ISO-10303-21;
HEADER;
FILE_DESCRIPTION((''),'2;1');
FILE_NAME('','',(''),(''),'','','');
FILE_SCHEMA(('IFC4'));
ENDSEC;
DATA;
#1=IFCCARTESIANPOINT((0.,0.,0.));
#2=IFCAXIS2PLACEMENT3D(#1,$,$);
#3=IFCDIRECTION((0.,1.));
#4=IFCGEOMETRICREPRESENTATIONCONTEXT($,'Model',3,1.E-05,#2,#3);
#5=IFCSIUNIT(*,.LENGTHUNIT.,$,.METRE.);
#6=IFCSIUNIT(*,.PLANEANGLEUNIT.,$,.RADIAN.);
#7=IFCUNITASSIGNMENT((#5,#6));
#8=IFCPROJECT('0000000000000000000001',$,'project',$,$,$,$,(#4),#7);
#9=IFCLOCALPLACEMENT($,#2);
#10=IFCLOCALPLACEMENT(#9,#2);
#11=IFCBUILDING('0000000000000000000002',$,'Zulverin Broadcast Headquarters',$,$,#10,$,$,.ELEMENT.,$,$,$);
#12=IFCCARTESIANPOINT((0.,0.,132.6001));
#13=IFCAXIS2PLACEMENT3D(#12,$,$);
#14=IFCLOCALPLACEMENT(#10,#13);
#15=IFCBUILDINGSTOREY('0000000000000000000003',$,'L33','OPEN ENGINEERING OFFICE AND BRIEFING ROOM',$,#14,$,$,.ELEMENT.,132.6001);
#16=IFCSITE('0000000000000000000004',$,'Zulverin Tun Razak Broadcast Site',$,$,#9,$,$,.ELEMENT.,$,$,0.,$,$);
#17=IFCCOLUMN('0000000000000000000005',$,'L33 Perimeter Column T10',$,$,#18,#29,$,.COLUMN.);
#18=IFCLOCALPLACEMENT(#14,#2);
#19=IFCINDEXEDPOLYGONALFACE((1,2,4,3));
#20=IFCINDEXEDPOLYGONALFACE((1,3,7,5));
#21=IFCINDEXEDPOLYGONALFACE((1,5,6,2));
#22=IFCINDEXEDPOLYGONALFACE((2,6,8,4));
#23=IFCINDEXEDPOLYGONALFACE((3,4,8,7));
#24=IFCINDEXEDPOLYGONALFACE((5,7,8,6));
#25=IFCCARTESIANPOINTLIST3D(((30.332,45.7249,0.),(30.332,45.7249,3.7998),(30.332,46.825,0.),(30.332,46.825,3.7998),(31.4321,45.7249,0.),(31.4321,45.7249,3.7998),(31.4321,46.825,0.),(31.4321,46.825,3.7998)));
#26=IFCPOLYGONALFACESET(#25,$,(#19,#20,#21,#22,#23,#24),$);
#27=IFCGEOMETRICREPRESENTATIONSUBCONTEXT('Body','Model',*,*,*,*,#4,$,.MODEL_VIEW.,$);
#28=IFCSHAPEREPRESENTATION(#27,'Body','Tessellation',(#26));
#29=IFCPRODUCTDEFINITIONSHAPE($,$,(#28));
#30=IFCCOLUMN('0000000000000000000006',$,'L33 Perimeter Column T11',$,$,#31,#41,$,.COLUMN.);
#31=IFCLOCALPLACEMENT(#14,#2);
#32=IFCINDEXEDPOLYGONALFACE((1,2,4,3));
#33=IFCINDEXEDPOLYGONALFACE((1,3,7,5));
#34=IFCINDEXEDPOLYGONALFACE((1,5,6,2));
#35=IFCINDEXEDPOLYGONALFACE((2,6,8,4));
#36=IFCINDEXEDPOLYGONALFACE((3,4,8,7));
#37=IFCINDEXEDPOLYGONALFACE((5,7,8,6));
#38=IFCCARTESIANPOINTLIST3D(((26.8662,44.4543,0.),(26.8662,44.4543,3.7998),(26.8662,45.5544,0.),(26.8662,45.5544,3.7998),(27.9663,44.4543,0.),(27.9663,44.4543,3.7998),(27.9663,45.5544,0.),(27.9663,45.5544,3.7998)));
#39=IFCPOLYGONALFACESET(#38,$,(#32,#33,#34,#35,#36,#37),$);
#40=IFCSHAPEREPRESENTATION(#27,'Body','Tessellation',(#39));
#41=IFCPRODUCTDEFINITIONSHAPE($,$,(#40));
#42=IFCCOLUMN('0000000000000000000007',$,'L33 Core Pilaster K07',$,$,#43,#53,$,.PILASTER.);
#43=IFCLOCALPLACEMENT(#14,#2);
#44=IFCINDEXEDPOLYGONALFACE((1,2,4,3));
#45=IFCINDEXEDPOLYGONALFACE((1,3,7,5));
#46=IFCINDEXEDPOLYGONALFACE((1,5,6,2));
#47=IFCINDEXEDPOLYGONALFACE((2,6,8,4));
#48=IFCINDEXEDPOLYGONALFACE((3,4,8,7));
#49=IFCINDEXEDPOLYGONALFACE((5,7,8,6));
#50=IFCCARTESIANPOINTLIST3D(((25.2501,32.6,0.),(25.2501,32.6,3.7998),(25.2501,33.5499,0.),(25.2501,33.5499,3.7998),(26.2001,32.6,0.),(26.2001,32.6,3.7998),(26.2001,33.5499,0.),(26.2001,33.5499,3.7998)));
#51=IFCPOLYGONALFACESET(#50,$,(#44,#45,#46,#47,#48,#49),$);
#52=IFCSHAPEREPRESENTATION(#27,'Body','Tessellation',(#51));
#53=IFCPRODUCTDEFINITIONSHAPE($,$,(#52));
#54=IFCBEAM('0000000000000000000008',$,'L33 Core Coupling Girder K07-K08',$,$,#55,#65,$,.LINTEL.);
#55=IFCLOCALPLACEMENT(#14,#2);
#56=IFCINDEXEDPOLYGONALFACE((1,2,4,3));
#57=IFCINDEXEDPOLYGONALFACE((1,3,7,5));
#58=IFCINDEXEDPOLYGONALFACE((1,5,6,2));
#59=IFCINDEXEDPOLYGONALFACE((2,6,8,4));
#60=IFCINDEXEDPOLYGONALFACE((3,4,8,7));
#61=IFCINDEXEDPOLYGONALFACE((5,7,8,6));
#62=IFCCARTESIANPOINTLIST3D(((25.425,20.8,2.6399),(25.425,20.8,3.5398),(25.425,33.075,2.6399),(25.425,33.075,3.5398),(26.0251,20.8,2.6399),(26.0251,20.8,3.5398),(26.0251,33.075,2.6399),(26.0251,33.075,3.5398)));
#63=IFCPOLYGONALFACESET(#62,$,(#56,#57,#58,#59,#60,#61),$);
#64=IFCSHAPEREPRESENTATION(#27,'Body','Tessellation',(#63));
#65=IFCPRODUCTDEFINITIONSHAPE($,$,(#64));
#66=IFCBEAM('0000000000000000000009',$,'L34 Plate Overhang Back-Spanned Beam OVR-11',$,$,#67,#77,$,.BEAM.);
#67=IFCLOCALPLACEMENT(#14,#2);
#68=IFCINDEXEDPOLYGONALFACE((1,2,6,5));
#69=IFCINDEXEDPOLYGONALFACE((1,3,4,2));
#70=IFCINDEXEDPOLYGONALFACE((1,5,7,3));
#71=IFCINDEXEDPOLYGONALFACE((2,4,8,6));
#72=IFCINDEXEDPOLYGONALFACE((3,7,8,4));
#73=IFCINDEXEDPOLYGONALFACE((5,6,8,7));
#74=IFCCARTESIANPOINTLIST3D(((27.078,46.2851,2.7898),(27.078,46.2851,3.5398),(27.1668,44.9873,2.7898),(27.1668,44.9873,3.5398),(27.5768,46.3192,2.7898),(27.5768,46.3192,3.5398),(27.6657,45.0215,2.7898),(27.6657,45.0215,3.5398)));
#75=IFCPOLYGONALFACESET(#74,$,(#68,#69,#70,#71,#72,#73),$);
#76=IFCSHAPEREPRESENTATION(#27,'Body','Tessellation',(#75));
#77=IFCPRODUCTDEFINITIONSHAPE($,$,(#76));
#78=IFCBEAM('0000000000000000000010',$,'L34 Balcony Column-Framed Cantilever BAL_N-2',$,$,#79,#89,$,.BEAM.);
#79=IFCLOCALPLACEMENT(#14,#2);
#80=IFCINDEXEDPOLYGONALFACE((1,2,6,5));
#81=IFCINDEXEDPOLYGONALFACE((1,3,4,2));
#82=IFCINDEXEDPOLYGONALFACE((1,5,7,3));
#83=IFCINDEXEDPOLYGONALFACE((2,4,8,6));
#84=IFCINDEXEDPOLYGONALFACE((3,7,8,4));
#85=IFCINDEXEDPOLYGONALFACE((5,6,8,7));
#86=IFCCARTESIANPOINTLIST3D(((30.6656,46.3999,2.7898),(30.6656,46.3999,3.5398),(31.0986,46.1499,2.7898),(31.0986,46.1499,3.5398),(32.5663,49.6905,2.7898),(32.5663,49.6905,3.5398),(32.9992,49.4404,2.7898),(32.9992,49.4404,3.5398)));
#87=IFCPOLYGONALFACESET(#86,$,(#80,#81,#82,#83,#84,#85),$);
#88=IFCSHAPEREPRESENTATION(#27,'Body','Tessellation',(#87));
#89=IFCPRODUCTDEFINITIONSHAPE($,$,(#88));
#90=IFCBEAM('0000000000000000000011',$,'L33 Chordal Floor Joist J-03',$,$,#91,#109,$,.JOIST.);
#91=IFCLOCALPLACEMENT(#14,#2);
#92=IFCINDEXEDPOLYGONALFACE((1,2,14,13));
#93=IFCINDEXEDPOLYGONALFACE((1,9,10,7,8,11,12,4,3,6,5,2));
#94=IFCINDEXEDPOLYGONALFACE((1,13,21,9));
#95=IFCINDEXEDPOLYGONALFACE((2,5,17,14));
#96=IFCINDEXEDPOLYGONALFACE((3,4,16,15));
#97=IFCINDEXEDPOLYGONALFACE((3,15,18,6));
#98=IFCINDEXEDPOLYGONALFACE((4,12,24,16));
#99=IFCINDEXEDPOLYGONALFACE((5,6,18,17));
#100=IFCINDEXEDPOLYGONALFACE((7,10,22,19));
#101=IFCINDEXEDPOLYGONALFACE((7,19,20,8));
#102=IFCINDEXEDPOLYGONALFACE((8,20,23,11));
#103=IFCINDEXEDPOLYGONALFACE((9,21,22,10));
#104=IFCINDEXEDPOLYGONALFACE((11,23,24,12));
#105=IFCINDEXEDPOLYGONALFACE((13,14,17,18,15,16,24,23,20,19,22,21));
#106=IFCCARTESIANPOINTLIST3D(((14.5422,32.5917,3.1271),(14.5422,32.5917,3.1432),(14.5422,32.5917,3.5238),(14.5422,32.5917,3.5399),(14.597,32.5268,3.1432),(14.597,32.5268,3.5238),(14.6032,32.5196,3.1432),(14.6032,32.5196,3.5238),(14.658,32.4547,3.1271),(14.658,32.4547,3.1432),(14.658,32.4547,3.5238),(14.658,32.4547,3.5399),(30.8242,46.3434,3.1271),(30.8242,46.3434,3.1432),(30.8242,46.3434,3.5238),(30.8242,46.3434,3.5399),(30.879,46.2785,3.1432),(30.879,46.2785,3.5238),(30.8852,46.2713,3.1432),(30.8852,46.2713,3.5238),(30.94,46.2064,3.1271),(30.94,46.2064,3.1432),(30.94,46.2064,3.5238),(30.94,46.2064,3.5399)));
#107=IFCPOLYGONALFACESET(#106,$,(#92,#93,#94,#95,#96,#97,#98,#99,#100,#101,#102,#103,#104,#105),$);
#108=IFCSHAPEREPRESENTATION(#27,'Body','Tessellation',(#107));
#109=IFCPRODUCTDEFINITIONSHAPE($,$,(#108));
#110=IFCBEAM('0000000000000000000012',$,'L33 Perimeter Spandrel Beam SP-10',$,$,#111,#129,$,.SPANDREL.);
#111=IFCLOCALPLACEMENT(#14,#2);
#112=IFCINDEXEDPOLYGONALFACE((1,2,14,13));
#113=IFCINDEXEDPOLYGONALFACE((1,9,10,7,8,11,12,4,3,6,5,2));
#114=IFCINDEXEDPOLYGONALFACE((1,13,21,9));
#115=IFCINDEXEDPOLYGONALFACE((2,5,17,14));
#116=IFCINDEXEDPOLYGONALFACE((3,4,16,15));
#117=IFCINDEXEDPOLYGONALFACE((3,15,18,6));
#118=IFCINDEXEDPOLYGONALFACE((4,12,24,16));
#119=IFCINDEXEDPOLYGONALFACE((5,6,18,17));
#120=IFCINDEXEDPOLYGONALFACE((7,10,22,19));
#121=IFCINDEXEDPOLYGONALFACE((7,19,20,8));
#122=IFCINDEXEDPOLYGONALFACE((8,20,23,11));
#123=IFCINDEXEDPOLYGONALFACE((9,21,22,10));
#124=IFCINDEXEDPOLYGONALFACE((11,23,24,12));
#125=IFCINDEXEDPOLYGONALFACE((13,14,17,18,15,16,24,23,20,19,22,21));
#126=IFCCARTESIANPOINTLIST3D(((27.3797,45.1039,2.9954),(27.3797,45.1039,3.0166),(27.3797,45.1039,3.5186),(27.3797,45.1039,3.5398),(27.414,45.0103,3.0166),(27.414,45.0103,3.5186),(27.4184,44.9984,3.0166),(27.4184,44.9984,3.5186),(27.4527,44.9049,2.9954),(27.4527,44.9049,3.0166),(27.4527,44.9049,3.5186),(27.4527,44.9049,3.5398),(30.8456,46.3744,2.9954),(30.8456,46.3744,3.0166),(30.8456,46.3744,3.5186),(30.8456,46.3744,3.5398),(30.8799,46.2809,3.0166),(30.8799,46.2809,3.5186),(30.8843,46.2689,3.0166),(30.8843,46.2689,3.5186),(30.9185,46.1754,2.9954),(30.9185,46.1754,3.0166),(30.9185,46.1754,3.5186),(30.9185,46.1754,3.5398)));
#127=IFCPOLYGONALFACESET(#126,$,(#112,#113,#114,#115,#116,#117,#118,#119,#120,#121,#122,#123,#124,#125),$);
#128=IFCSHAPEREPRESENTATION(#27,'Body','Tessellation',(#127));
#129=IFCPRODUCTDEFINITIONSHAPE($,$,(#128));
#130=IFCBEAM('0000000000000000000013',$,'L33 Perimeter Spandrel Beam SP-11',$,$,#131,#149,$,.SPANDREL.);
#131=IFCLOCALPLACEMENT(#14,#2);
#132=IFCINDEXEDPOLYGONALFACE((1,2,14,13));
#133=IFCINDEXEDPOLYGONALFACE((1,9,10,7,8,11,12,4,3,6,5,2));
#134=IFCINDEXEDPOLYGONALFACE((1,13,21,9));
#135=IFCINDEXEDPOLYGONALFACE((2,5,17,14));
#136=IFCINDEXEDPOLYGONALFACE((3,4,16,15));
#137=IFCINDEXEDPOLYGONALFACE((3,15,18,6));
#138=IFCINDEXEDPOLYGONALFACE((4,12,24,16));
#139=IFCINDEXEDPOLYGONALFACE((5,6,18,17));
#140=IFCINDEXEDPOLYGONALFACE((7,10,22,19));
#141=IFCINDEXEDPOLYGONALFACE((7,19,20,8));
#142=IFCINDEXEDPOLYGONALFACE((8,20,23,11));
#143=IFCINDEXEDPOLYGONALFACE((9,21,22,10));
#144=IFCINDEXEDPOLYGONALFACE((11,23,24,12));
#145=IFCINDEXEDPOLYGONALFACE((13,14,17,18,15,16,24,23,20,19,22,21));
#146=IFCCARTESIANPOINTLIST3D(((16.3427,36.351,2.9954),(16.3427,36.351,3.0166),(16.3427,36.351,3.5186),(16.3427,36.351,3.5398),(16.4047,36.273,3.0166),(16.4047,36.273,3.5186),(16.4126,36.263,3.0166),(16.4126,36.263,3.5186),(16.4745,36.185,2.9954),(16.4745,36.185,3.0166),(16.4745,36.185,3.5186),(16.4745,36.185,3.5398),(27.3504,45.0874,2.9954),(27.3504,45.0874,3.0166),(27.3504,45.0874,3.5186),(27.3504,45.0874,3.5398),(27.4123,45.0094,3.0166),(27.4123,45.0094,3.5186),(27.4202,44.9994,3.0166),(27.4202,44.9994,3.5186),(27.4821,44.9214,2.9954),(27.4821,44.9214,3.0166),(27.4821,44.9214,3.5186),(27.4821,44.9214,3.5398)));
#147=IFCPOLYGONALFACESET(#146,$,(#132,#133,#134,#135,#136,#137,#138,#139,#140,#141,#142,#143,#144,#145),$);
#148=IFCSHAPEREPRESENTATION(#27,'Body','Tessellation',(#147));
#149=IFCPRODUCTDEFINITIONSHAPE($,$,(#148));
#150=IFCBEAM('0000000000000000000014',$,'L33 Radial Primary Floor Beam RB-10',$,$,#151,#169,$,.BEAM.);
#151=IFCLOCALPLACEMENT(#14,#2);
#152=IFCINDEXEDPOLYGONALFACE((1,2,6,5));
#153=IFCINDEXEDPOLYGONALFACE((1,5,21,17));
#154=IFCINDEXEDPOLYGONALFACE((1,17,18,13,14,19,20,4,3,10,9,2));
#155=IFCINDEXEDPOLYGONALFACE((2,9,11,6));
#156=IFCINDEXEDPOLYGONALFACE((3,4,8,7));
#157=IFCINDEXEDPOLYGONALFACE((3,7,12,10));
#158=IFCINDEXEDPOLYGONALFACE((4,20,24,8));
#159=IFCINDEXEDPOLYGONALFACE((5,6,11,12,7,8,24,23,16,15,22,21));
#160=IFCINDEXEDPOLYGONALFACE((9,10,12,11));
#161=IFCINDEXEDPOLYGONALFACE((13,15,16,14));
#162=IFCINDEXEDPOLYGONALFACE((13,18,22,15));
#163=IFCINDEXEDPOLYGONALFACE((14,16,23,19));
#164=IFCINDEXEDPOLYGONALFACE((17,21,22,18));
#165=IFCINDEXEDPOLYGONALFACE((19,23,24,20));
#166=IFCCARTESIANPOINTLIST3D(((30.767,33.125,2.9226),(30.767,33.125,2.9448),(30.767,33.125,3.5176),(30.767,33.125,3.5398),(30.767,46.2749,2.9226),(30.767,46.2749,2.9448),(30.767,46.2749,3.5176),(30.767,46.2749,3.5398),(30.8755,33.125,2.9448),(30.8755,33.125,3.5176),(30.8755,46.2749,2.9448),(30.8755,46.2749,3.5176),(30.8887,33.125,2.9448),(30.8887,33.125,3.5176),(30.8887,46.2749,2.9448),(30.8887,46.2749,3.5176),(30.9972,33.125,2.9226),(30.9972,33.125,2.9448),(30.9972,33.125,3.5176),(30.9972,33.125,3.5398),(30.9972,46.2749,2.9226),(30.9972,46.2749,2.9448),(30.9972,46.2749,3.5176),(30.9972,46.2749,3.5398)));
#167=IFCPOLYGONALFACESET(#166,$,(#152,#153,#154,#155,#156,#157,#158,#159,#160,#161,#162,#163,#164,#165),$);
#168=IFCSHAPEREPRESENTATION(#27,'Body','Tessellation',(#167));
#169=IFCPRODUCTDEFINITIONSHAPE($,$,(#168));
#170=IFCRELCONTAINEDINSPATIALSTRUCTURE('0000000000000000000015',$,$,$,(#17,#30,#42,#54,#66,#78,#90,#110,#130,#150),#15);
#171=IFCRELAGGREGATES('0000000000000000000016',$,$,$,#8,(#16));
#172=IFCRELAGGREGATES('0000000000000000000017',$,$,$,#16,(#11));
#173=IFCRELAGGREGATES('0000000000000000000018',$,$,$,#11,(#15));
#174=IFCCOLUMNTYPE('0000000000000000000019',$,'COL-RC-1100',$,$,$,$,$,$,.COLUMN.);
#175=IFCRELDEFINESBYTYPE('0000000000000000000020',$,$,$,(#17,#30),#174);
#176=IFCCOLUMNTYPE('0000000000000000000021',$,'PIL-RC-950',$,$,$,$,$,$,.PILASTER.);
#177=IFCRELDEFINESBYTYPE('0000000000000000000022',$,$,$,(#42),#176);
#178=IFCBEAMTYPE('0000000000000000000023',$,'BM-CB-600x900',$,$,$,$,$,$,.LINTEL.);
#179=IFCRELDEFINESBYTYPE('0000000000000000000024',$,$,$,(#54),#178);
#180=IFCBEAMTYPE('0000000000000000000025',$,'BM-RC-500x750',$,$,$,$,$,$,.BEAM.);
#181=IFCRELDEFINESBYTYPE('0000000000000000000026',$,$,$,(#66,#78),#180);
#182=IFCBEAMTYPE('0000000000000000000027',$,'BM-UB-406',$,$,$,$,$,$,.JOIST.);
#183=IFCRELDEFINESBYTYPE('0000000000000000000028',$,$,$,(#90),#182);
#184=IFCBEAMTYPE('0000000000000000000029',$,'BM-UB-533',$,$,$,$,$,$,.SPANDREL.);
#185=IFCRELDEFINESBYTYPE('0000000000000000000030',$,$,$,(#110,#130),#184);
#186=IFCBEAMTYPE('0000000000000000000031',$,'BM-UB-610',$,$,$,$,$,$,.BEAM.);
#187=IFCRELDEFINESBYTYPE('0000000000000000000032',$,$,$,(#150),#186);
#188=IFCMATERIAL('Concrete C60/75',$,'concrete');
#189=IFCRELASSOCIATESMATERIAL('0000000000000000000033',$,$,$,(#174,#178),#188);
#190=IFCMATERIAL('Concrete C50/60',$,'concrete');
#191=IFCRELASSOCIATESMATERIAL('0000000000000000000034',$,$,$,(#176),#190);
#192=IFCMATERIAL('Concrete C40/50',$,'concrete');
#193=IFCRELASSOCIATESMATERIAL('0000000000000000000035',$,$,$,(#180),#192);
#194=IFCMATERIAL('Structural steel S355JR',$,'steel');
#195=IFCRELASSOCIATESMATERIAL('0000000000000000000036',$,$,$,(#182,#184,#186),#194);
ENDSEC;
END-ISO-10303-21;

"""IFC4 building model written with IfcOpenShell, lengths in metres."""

from ifc_helpers import new_model, si_unit, direction, frame, origin, origin_2d, place, context, subcontext, project, spatial, rectangle, i_section, extrude, material, material_profile, profile_set, type_object, element, save


model = new_model("IFC4")

# Units and contexts
model_context = context("Model", 3, precision=1e-05, world=origin(), true_north=direction((0.0, 1.0)))
body_context = subcontext(model_context, "Body", "Model", "MODEL_VIEW")
ifc_project = project(units=[si_unit("LENGTHUNIT", "METRE"), si_unit("PLANEANGLEUNIT", "RADIAN")], contexts=[model_context])

# Site, building, storey
site_placement = place(None, origin())
site = spatial("IfcSite", under=ifc_project, at=site_placement, Name="Zulverin Tun Razak Broadcast Site", CompositionType="ELEMENT", RefElevation=0.0)
building_placement = place(site_placement, origin())
building = spatial("IfcBuilding", under=site, at=building_placement, Name="Zulverin Broadcast Headquarters", CompositionType="ELEMENT")
storey_placement = place(building_placement, frame((0.0, 0.0, 132.6001)))
storey = spatial("IfcBuildingStorey", under=building, at=storey_placement, Name="L33", Description="OPEN ENGINEERING OFFICE AND BRIEFING ROOM", CompositionType="ELEMENT", Elevation=132.6001)

# Columns
ifc_material_1 = material(Name="Concrete C60/75", Category="concrete")
ifc_material_profile_1 = material_profile(ifc_material_1, rectangle(XDim=1.1001, YDim=1.1001, at=origin_2d()), Name="Concrete C60/75", Category="concrete")
ifc_profile_set_1 = profile_set([ifc_material_profile_1], Name="Concrete C60/75")
column_type_1 = type_object("IfcColumnType", Name="COL-RC-1100", PredefinedType="COLUMN", material=ifc_profile_set_1)
for number, where, z_axis, x_axis, name in (
    (1, (30.8821, 46.2749, 0.0), (0.0, 0.0, 1.0), (1.0, 0.0, 0.0), "L33 Perimeter Column T10"),
    (2, (27.4163, 45.0044, 0.0), (0.0, 0.0, 1.0), (1.0, 0.0, 0.0), "L33 Perimeter Column T11"),
):
    element("IfcColumn", number, at=place(storey_placement, frame(where, z_axis=z_axis, x_axis=x_axis)), inside=storey, type_object=column_type_1, Name=name, PredefinedType="COLUMN", context=body_context, shape_type="SweptSolid", body=[
        extrude(rectangle(XDim=1.1001, YDim=1.1001, at=origin_2d()), origin(), (0.0, 0.0, 1.0), 3.7998),
    ])
ifc_material_2 = material(Name="Concrete C50/60", Category="concrete")
ifc_material_profile_2 = material_profile(ifc_material_2, rectangle(XDim=0.95, YDim=0.95, at=origin_2d()), Name="Concrete C50/60", Category="concrete")
ifc_profile_set_2 = profile_set([ifc_material_profile_2], Name="Concrete C50/60")
column_type_2 = type_object("IfcColumnType", Name="PIL-RC-950", PredefinedType="PILASTER", material=ifc_profile_set_2)
column_placement = place(storey_placement, frame((25.7251, 33.075, 0.0), z_axis=(0.0, 0.0, 1.0), x_axis=(1.0, 0.0, 0.0)))
element("IfcColumn", 3, at=column_placement, inside=storey, type_object=column_type_2, Name="L33 Core Pilaster K07", PredefinedType="PILASTER", context=body_context, shape_type="SweptSolid", body=[
    extrude(rectangle(XDim=0.95, YDim=0.95, at=origin_2d()), origin(), (0.0, 0.0, 1.0), 3.7998),
])

# Beams
ifc_material_profile_3 = material_profile(ifc_material_1, rectangle(XDim=0.6001, YDim=0.8999, at=origin_2d()), Name="Concrete C60/75", Category="concrete")
ifc_profile_set_3 = profile_set([ifc_material_profile_3], Name="Concrete C60/75")
beam_type_1 = type_object("IfcBeamType", Name="BM-CB-600x900", PredefinedType="LINTEL", material=ifc_profile_set_3)
beam_1_placement = place(storey_placement, frame((25.7251, 33.075, 3.0898), z_axis=(0.0, -1.0, 0.0), x_axis=(1.0, 0.0, 0.0)))
element("IfcBeam", 4, at=beam_1_placement, inside=storey, type_object=beam_type_1, Name="L33 Core Coupling Girder K07-K08", PredefinedType="LINTEL", context=body_context, shape_type="SweptSolid", body=[
    extrude(rectangle(XDim=0.6001, YDim=0.8999, at=origin_2d()), origin(), (0.0, 0.0, 1.0), 12.2749),
])
ifc_material_3 = material(Name="Concrete C40/50", Category="concrete")
ifc_material_profile_4 = material_profile(ifc_material_3, rectangle(XDim=0.5, YDim=0.75, at=origin_2d()), Name="Concrete C40/50", Category="concrete")
ifc_profile_set_4 = profile_set([ifc_material_profile_4], Name="Concrete C40/50")
beam_type_2 = type_object("IfcBeamType", Name="BM-RC-500x750", PredefinedType="BEAM", material=ifc_profile_set_4)
beam_2_placement = place(storey_placement, frame((27.4163, 45.0044, 3.1648), z_axis=(-0.068313, 0.997664, 0.0), x_axis=(-0.997664, -0.068313, 0.0)))
element("IfcBeam", 5, at=beam_2_placement, inside=storey, type_object=beam_type_2, Name="L34 Plate Overhang Back-Spanned Beam OVR-11", PredefinedType="BEAM", context=body_context, shape_type="SweptSolid", body=[
    extrude(rectangle(XDim=0.5, YDim=0.75, at=origin_2d()), origin(), (0.0, 0.0, 1.0), 1.3008),
])
beam_3_placement = place(storey_placement, frame((30.8821, 46.2749, 3.1648), z_axis=(0.500167, 0.865929, 0.0), x_axis=(-0.865929, 0.500167, 0.0)))
element("IfcBeam", 6, at=beam_3_placement, inside=storey, type_object=beam_type_2, Name="L34 Balcony Column-Framed Cantilever BAL_N-2", PredefinedType="BEAM", context=body_context, shape_type="SweptSolid", body=[
    extrude(rectangle(XDim=0.5, YDim=0.75, at=origin_2d()), origin(), (0.0, 0.0, 1.0), 3.8),
])
ifc_material_4 = material(Name="Structural steel S355JR", Category="steel")
ifc_material_profile_5 = material_profile(ifc_material_4, i_section(OverallWidth=0.1794, OverallDepth=0.4128, WebThickness=0.0095, FlangeThickness=0.0161, at=origin_2d()), Name="Structural steel S355JR", Category="steel")
ifc_profile_set_5 = profile_set([ifc_material_profile_5], Name="Structural steel S355JR")
beam_type_3 = type_object("IfcBeamType", Name="BM-UB-406", PredefinedType="JOIST", material=ifc_profile_set_5)
beam_4_placement = place(storey_placement, frame((30.8821, 46.2749, 3.3335), z_axis=(-0.763973, -0.645249, 0.0), x_axis=(0.645249, -0.763973, 0.0)))
element("IfcBeam", 7, at=beam_4_placement, inside=storey, type_object=beam_type_3, Name="L33 Chordal Floor Joist J-03", PredefinedType="JOIST", context=body_context, shape_type="SweptSolid", body=[
    extrude(i_section(OverallWidth=0.1794, OverallDepth=0.4128, WebThickness=0.0095, FlangeThickness=0.0161, at=origin_2d()), origin(), (0.0, 0.0, 1.0), 21.3123),
])
ifc_material_profile_6 = material_profile(ifc_material_4, i_section(OverallWidth=0.2119, OverallDepth=0.5444, WebThickness=0.0127, FlangeThickness=0.0212, at=origin_2d()), Name="Structural steel S355JR", Category="steel")
ifc_profile_set_6 = profile_set([ifc_material_profile_6], Name="Structural steel S355JR")
beam_type_4 = type_object("IfcBeamType", Name="BM-UB-533", PredefinedType="SPANDREL", material=ifc_profile_set_6)
beam_5_placement = place(storey_placement, frame((30.8821, 46.2749, 3.2676), z_axis=(-0.938902, -0.344185, 0.0), x_axis=(0.344185, -0.938902, 0.0)))
element("IfcBeam", 8, at=beam_5_placement, inside=storey, type_object=beam_type_4, Name="L33 Perimeter Spandrel Beam SP-10", PredefinedType="SPANDREL", context=body_context, shape_type="SweptSolid", body=[
    extrude(i_section(OverallWidth=0.2119, OverallDepth=0.5444, WebThickness=0.0127, FlangeThickness=0.0212, at=origin_2d()), origin(), (0.0, 0.0, 1.0), 3.6914),
])
beam_6_placement = place(storey_placement, frame((27.4163, 45.0044, 3.2676), z_axis=(-0.783283, -0.621665, 0.0), x_axis=(0.621665, -0.783283, 0.0)))
element("IfcBeam", 9, at=beam_6_placement, inside=storey, type_object=beam_type_4, Name="L33 Perimeter Spandrel Beam SP-11", PredefinedType="SPANDREL", context=body_context, shape_type="SweptSolid", body=[
    extrude(i_section(OverallWidth=0.2119, OverallDepth=0.5444, WebThickness=0.0127, FlangeThickness=0.0212, at=origin_2d()), origin(), (0.0, 0.0, 1.0), 14.0532),
])
ifc_material_profile_7 = material_profile(ifc_material_4, i_section(OverallWidth=0.2302, OverallDepth=0.6172, WebThickness=0.0132, FlangeThickness=0.0222, at=origin_2d()), Name="Structural steel S355JR", Category="steel")
ifc_profile_set_7 = profile_set([ifc_material_profile_7], Name="Structural steel S355JR")
beam_type_5 = type_object("IfcBeamType", Name="BM-UB-610", PredefinedType="BEAM", material=ifc_profile_set_7)
beam_7_placement = place(storey_placement, frame((30.8821, 33.125, 3.2312), z_axis=(0.0, 1.0, 0.0), x_axis=(-1.0, 0.0, 0.0)))
element("IfcBeam", 10, at=beam_7_placement, inside=storey, type_object=beam_type_5, Name="L33 Radial Primary Floor Beam RB-10", PredefinedType="BEAM", context=body_context, shape_type="SweptSolid", body=[
    extrude(i_section(OverallWidth=0.2302, OverallDepth=0.6172, WebThickness=0.0132, FlangeThickness=0.0222, at=origin_2d()), origin(), (0.0, 0.0, 1.0), 13.1499),
])

save(model, "model.ifc")
